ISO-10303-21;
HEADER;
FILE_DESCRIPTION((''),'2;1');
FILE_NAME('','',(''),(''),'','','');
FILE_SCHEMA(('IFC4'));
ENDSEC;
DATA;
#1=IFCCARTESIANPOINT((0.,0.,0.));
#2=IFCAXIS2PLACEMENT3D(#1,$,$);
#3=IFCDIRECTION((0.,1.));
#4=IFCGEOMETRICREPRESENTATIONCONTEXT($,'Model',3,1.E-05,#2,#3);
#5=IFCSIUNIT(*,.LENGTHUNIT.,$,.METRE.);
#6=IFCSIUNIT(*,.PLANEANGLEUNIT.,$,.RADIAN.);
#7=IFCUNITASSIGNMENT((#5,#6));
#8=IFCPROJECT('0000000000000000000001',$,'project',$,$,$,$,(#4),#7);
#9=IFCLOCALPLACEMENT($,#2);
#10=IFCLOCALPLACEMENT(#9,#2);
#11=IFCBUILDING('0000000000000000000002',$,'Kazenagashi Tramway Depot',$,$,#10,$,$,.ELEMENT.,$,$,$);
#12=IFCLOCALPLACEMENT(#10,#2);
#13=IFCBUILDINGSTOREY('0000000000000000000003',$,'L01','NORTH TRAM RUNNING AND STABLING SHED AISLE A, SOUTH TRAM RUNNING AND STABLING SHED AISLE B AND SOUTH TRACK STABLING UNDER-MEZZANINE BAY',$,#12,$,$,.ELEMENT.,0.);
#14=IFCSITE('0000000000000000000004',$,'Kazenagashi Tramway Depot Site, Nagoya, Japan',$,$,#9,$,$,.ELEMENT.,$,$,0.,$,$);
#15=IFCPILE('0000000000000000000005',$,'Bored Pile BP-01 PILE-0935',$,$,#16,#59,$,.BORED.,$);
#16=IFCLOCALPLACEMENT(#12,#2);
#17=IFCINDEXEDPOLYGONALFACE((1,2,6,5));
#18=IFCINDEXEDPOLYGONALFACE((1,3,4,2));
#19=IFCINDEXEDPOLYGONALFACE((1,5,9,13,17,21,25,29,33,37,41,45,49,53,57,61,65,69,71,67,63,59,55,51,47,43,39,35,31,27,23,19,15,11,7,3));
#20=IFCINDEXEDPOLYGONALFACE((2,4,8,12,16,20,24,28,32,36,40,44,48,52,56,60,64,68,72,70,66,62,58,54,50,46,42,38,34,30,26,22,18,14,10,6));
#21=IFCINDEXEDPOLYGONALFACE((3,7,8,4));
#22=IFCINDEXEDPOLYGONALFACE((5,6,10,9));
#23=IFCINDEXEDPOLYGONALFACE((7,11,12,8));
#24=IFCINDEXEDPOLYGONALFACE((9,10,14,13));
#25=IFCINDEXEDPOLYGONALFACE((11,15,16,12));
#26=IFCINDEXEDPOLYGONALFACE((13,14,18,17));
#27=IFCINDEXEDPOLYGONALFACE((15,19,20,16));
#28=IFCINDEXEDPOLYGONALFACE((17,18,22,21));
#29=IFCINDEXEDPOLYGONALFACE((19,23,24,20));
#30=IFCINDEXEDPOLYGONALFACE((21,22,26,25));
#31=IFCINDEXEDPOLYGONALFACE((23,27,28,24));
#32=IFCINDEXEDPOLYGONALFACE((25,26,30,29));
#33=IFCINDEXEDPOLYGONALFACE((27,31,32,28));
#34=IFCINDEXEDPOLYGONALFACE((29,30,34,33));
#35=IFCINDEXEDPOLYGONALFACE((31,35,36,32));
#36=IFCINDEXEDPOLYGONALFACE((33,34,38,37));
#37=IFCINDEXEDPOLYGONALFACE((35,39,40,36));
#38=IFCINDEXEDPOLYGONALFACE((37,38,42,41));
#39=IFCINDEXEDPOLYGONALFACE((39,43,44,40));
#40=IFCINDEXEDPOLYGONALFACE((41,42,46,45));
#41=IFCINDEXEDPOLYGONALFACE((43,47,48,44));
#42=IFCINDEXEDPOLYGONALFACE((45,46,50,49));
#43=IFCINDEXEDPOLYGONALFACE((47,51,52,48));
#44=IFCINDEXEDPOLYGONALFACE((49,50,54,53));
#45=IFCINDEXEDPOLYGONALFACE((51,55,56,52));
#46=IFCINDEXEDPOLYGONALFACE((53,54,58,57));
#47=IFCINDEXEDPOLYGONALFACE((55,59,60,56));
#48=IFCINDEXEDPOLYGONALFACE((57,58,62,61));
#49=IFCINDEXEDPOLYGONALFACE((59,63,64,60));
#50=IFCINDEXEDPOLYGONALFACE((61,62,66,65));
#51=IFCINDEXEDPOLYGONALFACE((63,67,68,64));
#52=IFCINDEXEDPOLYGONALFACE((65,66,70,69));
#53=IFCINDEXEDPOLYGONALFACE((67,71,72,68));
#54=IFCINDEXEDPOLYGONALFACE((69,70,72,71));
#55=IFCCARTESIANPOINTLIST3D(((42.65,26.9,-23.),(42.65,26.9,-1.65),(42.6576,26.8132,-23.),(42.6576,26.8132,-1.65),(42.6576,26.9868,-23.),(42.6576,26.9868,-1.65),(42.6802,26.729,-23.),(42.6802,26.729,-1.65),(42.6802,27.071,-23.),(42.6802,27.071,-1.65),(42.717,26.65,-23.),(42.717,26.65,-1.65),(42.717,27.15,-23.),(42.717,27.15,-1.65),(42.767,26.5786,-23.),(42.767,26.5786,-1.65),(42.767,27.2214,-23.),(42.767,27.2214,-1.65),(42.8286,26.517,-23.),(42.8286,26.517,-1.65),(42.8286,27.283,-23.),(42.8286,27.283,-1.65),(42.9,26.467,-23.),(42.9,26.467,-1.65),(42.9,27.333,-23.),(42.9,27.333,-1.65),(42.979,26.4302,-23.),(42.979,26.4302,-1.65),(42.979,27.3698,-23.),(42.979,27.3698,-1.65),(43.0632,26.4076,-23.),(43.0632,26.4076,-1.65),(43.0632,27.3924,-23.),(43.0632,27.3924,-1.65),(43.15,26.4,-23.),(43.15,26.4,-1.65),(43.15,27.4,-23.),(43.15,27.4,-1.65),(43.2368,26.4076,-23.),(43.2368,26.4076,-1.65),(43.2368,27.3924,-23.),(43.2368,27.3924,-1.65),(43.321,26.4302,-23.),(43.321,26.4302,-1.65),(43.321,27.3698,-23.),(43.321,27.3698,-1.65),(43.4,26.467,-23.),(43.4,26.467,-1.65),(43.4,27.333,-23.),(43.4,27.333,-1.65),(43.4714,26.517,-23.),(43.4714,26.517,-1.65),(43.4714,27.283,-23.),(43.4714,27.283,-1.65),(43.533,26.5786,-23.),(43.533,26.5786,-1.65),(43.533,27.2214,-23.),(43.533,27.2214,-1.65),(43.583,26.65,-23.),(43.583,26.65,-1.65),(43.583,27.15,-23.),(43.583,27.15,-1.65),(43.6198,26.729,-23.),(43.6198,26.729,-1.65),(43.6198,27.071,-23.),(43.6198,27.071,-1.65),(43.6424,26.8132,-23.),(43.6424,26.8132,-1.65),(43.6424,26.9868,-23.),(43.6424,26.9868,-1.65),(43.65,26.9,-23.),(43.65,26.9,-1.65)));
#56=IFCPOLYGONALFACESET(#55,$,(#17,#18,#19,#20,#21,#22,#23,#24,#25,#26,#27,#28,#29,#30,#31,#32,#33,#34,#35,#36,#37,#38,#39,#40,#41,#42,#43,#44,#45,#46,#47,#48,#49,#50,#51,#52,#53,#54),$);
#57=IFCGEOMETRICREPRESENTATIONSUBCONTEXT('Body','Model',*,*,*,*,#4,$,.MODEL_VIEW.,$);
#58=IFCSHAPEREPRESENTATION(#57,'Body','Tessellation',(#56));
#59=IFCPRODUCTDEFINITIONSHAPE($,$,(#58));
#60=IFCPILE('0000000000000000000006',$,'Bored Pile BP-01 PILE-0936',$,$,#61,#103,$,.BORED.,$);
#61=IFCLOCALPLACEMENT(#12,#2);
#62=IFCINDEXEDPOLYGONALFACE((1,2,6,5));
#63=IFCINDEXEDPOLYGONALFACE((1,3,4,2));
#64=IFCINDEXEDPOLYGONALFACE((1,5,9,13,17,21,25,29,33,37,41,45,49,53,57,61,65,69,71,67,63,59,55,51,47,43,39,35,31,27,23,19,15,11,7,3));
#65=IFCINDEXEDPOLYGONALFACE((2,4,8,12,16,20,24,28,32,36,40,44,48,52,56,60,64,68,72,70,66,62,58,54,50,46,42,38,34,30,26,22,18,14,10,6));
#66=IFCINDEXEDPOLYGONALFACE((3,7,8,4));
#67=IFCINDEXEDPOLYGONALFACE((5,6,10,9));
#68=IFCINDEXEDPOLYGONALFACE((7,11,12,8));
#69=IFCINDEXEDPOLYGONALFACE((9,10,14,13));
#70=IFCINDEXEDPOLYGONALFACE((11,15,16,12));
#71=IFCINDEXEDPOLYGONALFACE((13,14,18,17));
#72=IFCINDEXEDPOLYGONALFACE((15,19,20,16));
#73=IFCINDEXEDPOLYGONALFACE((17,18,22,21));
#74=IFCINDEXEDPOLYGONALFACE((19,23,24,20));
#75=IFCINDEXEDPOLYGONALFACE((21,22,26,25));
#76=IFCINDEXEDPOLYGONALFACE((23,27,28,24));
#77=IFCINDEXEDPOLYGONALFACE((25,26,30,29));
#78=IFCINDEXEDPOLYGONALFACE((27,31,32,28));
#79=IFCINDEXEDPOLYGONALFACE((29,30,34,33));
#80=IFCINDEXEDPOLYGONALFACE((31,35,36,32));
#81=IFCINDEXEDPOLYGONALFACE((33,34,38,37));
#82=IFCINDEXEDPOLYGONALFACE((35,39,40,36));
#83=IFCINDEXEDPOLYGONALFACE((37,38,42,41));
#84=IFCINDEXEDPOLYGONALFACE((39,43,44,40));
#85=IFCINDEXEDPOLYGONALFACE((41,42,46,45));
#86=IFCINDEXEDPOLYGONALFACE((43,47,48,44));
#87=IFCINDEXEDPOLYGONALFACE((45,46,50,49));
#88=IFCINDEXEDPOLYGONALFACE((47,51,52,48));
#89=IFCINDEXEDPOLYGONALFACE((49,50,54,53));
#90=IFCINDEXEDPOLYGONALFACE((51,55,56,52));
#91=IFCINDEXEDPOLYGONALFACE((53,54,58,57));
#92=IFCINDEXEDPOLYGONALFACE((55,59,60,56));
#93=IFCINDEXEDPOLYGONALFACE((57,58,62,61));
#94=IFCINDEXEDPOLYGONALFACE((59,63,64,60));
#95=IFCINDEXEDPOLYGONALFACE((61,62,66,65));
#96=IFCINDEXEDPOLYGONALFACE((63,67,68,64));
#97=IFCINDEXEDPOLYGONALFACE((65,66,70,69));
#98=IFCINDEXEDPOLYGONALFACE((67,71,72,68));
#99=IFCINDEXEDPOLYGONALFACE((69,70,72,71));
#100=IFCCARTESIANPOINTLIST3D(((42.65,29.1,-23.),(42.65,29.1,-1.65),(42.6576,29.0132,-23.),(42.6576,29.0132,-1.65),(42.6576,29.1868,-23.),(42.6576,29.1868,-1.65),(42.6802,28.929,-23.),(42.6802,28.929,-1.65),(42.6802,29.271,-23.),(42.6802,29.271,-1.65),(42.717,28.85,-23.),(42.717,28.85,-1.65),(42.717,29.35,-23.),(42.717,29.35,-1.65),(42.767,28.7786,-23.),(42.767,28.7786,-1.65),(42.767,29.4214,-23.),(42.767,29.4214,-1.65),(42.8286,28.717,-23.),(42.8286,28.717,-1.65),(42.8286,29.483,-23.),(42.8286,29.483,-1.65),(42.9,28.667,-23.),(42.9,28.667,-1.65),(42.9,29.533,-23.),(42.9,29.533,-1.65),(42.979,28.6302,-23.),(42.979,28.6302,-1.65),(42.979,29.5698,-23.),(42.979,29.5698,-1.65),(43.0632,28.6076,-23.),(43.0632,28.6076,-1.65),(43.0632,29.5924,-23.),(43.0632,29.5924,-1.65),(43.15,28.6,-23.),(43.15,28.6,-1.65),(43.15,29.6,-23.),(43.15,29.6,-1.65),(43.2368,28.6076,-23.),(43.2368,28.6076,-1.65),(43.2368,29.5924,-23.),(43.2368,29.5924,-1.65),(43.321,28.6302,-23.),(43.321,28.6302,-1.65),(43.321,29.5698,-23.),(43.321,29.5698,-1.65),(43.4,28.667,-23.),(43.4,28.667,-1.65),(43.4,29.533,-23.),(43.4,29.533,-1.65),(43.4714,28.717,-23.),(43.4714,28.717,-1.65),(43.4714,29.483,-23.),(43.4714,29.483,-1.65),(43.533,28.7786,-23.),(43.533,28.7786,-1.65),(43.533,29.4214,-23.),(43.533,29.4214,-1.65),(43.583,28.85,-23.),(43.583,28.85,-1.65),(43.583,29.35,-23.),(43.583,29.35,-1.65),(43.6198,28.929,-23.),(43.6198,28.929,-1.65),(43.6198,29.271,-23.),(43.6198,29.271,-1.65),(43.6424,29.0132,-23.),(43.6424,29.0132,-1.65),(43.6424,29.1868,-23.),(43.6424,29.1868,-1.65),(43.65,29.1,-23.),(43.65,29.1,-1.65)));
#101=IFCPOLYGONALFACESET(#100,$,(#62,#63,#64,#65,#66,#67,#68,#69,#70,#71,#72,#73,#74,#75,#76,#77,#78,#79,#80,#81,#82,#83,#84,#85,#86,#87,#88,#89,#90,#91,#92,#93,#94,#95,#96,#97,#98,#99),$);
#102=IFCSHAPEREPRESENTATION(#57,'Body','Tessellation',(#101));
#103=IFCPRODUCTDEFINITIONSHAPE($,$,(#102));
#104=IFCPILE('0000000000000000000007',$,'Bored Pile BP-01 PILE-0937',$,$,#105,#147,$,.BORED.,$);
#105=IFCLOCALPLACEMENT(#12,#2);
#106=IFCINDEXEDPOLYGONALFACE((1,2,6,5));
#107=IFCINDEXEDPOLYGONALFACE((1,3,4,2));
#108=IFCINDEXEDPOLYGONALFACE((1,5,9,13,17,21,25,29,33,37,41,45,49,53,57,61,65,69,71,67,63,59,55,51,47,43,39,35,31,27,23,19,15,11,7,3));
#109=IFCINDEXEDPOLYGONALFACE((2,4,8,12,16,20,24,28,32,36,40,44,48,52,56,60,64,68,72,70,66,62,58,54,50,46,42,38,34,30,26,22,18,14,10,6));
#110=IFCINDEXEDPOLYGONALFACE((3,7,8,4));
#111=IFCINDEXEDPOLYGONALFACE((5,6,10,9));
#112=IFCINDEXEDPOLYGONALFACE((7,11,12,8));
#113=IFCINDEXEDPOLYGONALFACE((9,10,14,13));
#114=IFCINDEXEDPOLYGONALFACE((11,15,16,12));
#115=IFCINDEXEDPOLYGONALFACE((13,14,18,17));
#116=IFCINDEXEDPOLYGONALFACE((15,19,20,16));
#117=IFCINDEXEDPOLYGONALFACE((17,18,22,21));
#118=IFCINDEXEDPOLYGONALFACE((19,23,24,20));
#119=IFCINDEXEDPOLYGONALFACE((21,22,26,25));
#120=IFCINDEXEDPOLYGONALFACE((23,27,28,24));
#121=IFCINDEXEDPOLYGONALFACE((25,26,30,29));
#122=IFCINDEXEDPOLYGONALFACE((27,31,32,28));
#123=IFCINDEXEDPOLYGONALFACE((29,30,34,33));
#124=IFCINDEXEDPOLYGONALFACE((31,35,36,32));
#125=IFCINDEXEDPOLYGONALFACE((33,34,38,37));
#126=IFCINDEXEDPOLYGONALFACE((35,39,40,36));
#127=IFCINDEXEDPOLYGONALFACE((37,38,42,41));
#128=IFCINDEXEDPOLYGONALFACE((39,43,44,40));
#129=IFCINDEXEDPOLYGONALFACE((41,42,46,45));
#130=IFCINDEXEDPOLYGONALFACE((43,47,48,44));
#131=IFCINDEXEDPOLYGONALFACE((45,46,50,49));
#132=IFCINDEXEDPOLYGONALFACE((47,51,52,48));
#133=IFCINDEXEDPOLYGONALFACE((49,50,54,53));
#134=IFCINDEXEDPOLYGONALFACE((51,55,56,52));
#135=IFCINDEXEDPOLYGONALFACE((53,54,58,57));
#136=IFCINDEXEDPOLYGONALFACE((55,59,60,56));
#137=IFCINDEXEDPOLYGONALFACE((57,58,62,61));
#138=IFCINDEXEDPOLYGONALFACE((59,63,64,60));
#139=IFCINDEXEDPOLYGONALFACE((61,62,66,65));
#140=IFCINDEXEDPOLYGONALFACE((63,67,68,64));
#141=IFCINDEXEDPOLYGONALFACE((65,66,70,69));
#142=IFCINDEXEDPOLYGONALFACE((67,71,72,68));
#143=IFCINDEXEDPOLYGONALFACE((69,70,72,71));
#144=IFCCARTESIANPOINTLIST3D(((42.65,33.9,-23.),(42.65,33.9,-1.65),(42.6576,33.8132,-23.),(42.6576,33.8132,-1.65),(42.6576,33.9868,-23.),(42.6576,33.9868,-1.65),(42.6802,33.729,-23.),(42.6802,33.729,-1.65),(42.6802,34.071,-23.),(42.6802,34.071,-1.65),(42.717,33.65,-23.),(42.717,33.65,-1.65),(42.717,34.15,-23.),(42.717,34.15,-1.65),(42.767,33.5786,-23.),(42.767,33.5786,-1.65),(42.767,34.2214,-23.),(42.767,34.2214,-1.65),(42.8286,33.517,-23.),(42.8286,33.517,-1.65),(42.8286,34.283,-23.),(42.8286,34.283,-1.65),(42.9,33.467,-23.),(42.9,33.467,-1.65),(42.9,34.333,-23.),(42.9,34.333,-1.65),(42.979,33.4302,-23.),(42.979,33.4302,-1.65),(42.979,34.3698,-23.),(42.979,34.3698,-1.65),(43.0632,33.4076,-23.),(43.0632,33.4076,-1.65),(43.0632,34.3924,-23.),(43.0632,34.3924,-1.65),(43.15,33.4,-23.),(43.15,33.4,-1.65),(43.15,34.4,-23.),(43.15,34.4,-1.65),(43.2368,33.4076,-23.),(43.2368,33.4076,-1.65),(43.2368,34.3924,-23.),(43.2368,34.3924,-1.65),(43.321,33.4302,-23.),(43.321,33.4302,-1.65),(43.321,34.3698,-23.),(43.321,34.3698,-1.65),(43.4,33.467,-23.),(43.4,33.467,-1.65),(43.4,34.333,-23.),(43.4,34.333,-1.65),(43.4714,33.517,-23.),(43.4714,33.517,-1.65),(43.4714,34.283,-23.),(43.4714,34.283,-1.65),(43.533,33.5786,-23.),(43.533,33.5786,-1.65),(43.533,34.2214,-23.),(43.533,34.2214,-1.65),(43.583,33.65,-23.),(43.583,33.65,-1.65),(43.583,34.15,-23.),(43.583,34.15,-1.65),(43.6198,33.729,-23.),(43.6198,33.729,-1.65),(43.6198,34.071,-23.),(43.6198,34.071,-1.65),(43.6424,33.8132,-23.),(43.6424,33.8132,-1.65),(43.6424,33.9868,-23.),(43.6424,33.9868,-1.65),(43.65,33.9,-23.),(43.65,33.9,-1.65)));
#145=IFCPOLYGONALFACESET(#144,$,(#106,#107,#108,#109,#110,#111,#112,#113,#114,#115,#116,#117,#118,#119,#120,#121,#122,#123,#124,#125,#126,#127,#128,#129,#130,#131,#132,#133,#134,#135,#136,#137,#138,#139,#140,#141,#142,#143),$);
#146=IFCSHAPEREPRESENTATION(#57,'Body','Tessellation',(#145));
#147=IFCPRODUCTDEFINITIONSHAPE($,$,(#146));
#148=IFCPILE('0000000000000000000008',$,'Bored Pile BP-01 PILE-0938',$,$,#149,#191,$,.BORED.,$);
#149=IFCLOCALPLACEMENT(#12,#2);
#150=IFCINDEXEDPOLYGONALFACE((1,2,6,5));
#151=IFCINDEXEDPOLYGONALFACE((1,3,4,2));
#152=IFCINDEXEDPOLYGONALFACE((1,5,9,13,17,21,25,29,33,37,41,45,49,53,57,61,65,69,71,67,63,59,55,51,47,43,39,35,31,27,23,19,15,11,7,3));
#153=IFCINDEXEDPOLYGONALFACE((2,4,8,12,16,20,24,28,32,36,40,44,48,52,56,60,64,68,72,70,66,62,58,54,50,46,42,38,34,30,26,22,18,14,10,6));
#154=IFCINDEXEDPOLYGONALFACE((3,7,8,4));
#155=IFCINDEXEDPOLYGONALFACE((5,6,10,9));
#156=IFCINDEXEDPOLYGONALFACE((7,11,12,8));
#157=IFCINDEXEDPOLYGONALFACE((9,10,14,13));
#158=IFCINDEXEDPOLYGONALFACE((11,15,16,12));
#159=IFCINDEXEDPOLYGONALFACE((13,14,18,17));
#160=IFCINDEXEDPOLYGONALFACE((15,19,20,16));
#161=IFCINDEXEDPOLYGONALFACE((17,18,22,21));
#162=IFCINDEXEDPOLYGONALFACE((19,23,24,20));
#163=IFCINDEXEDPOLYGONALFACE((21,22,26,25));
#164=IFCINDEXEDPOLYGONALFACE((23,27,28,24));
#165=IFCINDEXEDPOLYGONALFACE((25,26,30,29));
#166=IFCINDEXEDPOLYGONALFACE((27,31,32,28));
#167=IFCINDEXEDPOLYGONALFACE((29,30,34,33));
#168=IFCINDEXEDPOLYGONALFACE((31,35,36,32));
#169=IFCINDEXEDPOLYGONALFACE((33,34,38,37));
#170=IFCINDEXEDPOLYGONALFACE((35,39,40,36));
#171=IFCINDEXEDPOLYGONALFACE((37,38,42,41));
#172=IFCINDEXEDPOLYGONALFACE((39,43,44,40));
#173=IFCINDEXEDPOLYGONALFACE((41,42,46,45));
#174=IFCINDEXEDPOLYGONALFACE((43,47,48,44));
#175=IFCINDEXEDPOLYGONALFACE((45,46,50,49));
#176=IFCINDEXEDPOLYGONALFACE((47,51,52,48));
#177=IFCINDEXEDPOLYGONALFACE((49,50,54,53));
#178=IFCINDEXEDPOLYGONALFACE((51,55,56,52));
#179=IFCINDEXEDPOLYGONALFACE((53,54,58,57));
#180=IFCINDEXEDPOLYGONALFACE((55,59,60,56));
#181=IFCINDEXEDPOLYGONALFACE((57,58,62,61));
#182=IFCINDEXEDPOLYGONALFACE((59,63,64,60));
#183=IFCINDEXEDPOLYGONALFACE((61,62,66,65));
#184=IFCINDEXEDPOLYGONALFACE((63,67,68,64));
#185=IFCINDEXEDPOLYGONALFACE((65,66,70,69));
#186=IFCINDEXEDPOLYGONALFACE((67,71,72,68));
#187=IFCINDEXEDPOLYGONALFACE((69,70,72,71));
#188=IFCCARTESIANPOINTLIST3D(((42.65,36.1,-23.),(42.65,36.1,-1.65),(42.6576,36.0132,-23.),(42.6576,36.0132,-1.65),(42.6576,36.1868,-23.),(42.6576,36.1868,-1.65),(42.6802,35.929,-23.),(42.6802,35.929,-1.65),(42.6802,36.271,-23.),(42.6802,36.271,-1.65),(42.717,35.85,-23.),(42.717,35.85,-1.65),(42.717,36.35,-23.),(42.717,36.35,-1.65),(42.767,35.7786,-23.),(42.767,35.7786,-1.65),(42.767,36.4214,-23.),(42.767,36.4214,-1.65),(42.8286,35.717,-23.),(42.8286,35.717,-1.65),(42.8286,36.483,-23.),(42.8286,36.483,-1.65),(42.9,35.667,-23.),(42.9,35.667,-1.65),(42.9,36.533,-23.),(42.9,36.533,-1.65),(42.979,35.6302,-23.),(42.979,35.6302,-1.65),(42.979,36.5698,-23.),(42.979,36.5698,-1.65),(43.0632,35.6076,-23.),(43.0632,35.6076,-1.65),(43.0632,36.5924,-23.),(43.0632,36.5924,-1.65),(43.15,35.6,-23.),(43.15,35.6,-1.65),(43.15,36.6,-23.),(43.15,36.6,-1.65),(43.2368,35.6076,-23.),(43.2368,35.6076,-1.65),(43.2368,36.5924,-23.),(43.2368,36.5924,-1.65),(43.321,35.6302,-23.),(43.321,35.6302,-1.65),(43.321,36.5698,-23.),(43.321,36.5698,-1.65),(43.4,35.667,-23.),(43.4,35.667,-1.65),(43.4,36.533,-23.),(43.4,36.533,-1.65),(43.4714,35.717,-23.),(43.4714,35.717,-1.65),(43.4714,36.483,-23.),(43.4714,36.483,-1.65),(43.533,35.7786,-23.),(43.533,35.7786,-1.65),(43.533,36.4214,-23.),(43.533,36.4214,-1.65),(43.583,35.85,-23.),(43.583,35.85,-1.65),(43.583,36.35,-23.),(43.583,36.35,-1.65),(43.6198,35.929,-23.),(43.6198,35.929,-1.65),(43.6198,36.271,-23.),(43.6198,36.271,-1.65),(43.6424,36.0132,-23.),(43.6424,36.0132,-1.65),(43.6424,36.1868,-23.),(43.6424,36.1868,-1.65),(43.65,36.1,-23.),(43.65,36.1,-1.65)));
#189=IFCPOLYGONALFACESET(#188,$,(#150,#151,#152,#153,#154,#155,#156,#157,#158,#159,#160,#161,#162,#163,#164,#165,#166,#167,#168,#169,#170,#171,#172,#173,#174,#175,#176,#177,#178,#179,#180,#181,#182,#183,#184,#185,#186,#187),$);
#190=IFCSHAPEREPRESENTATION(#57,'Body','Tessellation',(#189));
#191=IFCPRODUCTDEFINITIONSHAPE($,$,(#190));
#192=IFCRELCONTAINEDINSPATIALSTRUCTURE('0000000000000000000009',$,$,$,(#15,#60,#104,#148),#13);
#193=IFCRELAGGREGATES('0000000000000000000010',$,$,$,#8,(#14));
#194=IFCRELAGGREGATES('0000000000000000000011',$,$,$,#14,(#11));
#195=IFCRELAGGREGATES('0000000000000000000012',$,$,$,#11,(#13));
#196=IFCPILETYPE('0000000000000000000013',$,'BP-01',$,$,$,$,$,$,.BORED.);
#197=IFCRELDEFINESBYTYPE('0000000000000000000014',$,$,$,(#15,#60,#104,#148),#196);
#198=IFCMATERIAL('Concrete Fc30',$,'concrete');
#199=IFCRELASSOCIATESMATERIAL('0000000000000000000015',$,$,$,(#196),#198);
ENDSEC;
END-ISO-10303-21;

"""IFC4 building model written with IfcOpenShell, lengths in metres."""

from ifc_helpers import new_model, si_unit, direction, frame, origin, origin_2d, place, context, subcontext, project, spatial, circle, extrude, material, material_profile, profile_set, type_object, element, save


model = new_model("IFC4")

# Units and contexts
model_context = context("Model", 3, precision=1e-05, world=origin(), true_north=direction((0.0, 1.0)))
body_context = subcontext(model_context, "Body", "Model", "MODEL_VIEW")
ifc_project = project(units=[si_unit("LENGTHUNIT", "METRE"), si_unit("PLANEANGLEUNIT", "RADIAN")], contexts=[model_context])

# Site, building, storey
site_placement = place(None, origin())
site = spatial("IfcSite", under=ifc_project, at=site_placement, Name="Kazenagashi Tramway Depot Site, Nagoya, Japan", CompositionType="ELEMENT", RefElevation=0.0)
building_placement = place(site_placement, origin())
building = spatial("IfcBuilding", under=site, at=building_placement, Name="Kazenagashi Tramway Depot", CompositionType="ELEMENT")
storey_placement = place(building_placement, origin())
storey = spatial("IfcBuildingStorey", under=building, at=storey_placement, Name="L01", Description="NORTH TRAM RUNNING AND STABLING SHED AISLE A, SOUTH TRAM RUNNING AND STABLING SHED AISLE B AND SOUTH TRACK STABLING UNDER-MEZZANINE BAY", CompositionType="ELEMENT", Elevation=0.0)

# Piles
ifc_material_1 = material(Name="Concrete Fc30", Category="concrete")
ifc_material_profile_1 = material_profile(ifc_material_1, circle(Radius=0.5, at=origin_2d()), Name="PILE-1000")
ifc_profile_set_1 = profile_set([ifc_material_profile_1], Name="Concrete Fc30")
pile_type_1 = type_object("IfcPileType", Name="BP-01", PredefinedType="BORED", material=ifc_profile_set_1)
for number, where, z_axis, x_axis, name in (
    (1, (43.15, 26.9, -1.65), (0.0, 0.0, -1.0), (1.0, 0.0, 0.0), "Bored Pile BP-01 PILE-0935"),
    (2, (43.15, 29.1, -1.65), (0.0, 0.0, -1.0), (1.0, 0.0, 0.0), "Bored Pile BP-01 PILE-0936"),
    (3, (43.15, 33.9, -1.65), (0.0, 0.0, -1.0), (1.0, 0.0, 0.0), "Bored Pile BP-01 PILE-0937"),
    (4, (43.15, 36.1, -1.65), (0.0, 0.0, -1.0), (1.0, 0.0, 0.0), "Bored Pile BP-01 PILE-0938"),
):
    element("IfcPile", number, at=place(storey_placement, frame(where, z_axis=z_axis, x_axis=x_axis)), inside=storey, type_object=pile_type_1, Name=name, PredefinedType="BORED", context=body_context, shape_type="SweptSolid", body=[
        extrude(circle(Radius=0.5, at=origin_2d()), origin(), (0.0, 0.0, 1.0), 21.35),
    ])

save(model, "model.ifc")
